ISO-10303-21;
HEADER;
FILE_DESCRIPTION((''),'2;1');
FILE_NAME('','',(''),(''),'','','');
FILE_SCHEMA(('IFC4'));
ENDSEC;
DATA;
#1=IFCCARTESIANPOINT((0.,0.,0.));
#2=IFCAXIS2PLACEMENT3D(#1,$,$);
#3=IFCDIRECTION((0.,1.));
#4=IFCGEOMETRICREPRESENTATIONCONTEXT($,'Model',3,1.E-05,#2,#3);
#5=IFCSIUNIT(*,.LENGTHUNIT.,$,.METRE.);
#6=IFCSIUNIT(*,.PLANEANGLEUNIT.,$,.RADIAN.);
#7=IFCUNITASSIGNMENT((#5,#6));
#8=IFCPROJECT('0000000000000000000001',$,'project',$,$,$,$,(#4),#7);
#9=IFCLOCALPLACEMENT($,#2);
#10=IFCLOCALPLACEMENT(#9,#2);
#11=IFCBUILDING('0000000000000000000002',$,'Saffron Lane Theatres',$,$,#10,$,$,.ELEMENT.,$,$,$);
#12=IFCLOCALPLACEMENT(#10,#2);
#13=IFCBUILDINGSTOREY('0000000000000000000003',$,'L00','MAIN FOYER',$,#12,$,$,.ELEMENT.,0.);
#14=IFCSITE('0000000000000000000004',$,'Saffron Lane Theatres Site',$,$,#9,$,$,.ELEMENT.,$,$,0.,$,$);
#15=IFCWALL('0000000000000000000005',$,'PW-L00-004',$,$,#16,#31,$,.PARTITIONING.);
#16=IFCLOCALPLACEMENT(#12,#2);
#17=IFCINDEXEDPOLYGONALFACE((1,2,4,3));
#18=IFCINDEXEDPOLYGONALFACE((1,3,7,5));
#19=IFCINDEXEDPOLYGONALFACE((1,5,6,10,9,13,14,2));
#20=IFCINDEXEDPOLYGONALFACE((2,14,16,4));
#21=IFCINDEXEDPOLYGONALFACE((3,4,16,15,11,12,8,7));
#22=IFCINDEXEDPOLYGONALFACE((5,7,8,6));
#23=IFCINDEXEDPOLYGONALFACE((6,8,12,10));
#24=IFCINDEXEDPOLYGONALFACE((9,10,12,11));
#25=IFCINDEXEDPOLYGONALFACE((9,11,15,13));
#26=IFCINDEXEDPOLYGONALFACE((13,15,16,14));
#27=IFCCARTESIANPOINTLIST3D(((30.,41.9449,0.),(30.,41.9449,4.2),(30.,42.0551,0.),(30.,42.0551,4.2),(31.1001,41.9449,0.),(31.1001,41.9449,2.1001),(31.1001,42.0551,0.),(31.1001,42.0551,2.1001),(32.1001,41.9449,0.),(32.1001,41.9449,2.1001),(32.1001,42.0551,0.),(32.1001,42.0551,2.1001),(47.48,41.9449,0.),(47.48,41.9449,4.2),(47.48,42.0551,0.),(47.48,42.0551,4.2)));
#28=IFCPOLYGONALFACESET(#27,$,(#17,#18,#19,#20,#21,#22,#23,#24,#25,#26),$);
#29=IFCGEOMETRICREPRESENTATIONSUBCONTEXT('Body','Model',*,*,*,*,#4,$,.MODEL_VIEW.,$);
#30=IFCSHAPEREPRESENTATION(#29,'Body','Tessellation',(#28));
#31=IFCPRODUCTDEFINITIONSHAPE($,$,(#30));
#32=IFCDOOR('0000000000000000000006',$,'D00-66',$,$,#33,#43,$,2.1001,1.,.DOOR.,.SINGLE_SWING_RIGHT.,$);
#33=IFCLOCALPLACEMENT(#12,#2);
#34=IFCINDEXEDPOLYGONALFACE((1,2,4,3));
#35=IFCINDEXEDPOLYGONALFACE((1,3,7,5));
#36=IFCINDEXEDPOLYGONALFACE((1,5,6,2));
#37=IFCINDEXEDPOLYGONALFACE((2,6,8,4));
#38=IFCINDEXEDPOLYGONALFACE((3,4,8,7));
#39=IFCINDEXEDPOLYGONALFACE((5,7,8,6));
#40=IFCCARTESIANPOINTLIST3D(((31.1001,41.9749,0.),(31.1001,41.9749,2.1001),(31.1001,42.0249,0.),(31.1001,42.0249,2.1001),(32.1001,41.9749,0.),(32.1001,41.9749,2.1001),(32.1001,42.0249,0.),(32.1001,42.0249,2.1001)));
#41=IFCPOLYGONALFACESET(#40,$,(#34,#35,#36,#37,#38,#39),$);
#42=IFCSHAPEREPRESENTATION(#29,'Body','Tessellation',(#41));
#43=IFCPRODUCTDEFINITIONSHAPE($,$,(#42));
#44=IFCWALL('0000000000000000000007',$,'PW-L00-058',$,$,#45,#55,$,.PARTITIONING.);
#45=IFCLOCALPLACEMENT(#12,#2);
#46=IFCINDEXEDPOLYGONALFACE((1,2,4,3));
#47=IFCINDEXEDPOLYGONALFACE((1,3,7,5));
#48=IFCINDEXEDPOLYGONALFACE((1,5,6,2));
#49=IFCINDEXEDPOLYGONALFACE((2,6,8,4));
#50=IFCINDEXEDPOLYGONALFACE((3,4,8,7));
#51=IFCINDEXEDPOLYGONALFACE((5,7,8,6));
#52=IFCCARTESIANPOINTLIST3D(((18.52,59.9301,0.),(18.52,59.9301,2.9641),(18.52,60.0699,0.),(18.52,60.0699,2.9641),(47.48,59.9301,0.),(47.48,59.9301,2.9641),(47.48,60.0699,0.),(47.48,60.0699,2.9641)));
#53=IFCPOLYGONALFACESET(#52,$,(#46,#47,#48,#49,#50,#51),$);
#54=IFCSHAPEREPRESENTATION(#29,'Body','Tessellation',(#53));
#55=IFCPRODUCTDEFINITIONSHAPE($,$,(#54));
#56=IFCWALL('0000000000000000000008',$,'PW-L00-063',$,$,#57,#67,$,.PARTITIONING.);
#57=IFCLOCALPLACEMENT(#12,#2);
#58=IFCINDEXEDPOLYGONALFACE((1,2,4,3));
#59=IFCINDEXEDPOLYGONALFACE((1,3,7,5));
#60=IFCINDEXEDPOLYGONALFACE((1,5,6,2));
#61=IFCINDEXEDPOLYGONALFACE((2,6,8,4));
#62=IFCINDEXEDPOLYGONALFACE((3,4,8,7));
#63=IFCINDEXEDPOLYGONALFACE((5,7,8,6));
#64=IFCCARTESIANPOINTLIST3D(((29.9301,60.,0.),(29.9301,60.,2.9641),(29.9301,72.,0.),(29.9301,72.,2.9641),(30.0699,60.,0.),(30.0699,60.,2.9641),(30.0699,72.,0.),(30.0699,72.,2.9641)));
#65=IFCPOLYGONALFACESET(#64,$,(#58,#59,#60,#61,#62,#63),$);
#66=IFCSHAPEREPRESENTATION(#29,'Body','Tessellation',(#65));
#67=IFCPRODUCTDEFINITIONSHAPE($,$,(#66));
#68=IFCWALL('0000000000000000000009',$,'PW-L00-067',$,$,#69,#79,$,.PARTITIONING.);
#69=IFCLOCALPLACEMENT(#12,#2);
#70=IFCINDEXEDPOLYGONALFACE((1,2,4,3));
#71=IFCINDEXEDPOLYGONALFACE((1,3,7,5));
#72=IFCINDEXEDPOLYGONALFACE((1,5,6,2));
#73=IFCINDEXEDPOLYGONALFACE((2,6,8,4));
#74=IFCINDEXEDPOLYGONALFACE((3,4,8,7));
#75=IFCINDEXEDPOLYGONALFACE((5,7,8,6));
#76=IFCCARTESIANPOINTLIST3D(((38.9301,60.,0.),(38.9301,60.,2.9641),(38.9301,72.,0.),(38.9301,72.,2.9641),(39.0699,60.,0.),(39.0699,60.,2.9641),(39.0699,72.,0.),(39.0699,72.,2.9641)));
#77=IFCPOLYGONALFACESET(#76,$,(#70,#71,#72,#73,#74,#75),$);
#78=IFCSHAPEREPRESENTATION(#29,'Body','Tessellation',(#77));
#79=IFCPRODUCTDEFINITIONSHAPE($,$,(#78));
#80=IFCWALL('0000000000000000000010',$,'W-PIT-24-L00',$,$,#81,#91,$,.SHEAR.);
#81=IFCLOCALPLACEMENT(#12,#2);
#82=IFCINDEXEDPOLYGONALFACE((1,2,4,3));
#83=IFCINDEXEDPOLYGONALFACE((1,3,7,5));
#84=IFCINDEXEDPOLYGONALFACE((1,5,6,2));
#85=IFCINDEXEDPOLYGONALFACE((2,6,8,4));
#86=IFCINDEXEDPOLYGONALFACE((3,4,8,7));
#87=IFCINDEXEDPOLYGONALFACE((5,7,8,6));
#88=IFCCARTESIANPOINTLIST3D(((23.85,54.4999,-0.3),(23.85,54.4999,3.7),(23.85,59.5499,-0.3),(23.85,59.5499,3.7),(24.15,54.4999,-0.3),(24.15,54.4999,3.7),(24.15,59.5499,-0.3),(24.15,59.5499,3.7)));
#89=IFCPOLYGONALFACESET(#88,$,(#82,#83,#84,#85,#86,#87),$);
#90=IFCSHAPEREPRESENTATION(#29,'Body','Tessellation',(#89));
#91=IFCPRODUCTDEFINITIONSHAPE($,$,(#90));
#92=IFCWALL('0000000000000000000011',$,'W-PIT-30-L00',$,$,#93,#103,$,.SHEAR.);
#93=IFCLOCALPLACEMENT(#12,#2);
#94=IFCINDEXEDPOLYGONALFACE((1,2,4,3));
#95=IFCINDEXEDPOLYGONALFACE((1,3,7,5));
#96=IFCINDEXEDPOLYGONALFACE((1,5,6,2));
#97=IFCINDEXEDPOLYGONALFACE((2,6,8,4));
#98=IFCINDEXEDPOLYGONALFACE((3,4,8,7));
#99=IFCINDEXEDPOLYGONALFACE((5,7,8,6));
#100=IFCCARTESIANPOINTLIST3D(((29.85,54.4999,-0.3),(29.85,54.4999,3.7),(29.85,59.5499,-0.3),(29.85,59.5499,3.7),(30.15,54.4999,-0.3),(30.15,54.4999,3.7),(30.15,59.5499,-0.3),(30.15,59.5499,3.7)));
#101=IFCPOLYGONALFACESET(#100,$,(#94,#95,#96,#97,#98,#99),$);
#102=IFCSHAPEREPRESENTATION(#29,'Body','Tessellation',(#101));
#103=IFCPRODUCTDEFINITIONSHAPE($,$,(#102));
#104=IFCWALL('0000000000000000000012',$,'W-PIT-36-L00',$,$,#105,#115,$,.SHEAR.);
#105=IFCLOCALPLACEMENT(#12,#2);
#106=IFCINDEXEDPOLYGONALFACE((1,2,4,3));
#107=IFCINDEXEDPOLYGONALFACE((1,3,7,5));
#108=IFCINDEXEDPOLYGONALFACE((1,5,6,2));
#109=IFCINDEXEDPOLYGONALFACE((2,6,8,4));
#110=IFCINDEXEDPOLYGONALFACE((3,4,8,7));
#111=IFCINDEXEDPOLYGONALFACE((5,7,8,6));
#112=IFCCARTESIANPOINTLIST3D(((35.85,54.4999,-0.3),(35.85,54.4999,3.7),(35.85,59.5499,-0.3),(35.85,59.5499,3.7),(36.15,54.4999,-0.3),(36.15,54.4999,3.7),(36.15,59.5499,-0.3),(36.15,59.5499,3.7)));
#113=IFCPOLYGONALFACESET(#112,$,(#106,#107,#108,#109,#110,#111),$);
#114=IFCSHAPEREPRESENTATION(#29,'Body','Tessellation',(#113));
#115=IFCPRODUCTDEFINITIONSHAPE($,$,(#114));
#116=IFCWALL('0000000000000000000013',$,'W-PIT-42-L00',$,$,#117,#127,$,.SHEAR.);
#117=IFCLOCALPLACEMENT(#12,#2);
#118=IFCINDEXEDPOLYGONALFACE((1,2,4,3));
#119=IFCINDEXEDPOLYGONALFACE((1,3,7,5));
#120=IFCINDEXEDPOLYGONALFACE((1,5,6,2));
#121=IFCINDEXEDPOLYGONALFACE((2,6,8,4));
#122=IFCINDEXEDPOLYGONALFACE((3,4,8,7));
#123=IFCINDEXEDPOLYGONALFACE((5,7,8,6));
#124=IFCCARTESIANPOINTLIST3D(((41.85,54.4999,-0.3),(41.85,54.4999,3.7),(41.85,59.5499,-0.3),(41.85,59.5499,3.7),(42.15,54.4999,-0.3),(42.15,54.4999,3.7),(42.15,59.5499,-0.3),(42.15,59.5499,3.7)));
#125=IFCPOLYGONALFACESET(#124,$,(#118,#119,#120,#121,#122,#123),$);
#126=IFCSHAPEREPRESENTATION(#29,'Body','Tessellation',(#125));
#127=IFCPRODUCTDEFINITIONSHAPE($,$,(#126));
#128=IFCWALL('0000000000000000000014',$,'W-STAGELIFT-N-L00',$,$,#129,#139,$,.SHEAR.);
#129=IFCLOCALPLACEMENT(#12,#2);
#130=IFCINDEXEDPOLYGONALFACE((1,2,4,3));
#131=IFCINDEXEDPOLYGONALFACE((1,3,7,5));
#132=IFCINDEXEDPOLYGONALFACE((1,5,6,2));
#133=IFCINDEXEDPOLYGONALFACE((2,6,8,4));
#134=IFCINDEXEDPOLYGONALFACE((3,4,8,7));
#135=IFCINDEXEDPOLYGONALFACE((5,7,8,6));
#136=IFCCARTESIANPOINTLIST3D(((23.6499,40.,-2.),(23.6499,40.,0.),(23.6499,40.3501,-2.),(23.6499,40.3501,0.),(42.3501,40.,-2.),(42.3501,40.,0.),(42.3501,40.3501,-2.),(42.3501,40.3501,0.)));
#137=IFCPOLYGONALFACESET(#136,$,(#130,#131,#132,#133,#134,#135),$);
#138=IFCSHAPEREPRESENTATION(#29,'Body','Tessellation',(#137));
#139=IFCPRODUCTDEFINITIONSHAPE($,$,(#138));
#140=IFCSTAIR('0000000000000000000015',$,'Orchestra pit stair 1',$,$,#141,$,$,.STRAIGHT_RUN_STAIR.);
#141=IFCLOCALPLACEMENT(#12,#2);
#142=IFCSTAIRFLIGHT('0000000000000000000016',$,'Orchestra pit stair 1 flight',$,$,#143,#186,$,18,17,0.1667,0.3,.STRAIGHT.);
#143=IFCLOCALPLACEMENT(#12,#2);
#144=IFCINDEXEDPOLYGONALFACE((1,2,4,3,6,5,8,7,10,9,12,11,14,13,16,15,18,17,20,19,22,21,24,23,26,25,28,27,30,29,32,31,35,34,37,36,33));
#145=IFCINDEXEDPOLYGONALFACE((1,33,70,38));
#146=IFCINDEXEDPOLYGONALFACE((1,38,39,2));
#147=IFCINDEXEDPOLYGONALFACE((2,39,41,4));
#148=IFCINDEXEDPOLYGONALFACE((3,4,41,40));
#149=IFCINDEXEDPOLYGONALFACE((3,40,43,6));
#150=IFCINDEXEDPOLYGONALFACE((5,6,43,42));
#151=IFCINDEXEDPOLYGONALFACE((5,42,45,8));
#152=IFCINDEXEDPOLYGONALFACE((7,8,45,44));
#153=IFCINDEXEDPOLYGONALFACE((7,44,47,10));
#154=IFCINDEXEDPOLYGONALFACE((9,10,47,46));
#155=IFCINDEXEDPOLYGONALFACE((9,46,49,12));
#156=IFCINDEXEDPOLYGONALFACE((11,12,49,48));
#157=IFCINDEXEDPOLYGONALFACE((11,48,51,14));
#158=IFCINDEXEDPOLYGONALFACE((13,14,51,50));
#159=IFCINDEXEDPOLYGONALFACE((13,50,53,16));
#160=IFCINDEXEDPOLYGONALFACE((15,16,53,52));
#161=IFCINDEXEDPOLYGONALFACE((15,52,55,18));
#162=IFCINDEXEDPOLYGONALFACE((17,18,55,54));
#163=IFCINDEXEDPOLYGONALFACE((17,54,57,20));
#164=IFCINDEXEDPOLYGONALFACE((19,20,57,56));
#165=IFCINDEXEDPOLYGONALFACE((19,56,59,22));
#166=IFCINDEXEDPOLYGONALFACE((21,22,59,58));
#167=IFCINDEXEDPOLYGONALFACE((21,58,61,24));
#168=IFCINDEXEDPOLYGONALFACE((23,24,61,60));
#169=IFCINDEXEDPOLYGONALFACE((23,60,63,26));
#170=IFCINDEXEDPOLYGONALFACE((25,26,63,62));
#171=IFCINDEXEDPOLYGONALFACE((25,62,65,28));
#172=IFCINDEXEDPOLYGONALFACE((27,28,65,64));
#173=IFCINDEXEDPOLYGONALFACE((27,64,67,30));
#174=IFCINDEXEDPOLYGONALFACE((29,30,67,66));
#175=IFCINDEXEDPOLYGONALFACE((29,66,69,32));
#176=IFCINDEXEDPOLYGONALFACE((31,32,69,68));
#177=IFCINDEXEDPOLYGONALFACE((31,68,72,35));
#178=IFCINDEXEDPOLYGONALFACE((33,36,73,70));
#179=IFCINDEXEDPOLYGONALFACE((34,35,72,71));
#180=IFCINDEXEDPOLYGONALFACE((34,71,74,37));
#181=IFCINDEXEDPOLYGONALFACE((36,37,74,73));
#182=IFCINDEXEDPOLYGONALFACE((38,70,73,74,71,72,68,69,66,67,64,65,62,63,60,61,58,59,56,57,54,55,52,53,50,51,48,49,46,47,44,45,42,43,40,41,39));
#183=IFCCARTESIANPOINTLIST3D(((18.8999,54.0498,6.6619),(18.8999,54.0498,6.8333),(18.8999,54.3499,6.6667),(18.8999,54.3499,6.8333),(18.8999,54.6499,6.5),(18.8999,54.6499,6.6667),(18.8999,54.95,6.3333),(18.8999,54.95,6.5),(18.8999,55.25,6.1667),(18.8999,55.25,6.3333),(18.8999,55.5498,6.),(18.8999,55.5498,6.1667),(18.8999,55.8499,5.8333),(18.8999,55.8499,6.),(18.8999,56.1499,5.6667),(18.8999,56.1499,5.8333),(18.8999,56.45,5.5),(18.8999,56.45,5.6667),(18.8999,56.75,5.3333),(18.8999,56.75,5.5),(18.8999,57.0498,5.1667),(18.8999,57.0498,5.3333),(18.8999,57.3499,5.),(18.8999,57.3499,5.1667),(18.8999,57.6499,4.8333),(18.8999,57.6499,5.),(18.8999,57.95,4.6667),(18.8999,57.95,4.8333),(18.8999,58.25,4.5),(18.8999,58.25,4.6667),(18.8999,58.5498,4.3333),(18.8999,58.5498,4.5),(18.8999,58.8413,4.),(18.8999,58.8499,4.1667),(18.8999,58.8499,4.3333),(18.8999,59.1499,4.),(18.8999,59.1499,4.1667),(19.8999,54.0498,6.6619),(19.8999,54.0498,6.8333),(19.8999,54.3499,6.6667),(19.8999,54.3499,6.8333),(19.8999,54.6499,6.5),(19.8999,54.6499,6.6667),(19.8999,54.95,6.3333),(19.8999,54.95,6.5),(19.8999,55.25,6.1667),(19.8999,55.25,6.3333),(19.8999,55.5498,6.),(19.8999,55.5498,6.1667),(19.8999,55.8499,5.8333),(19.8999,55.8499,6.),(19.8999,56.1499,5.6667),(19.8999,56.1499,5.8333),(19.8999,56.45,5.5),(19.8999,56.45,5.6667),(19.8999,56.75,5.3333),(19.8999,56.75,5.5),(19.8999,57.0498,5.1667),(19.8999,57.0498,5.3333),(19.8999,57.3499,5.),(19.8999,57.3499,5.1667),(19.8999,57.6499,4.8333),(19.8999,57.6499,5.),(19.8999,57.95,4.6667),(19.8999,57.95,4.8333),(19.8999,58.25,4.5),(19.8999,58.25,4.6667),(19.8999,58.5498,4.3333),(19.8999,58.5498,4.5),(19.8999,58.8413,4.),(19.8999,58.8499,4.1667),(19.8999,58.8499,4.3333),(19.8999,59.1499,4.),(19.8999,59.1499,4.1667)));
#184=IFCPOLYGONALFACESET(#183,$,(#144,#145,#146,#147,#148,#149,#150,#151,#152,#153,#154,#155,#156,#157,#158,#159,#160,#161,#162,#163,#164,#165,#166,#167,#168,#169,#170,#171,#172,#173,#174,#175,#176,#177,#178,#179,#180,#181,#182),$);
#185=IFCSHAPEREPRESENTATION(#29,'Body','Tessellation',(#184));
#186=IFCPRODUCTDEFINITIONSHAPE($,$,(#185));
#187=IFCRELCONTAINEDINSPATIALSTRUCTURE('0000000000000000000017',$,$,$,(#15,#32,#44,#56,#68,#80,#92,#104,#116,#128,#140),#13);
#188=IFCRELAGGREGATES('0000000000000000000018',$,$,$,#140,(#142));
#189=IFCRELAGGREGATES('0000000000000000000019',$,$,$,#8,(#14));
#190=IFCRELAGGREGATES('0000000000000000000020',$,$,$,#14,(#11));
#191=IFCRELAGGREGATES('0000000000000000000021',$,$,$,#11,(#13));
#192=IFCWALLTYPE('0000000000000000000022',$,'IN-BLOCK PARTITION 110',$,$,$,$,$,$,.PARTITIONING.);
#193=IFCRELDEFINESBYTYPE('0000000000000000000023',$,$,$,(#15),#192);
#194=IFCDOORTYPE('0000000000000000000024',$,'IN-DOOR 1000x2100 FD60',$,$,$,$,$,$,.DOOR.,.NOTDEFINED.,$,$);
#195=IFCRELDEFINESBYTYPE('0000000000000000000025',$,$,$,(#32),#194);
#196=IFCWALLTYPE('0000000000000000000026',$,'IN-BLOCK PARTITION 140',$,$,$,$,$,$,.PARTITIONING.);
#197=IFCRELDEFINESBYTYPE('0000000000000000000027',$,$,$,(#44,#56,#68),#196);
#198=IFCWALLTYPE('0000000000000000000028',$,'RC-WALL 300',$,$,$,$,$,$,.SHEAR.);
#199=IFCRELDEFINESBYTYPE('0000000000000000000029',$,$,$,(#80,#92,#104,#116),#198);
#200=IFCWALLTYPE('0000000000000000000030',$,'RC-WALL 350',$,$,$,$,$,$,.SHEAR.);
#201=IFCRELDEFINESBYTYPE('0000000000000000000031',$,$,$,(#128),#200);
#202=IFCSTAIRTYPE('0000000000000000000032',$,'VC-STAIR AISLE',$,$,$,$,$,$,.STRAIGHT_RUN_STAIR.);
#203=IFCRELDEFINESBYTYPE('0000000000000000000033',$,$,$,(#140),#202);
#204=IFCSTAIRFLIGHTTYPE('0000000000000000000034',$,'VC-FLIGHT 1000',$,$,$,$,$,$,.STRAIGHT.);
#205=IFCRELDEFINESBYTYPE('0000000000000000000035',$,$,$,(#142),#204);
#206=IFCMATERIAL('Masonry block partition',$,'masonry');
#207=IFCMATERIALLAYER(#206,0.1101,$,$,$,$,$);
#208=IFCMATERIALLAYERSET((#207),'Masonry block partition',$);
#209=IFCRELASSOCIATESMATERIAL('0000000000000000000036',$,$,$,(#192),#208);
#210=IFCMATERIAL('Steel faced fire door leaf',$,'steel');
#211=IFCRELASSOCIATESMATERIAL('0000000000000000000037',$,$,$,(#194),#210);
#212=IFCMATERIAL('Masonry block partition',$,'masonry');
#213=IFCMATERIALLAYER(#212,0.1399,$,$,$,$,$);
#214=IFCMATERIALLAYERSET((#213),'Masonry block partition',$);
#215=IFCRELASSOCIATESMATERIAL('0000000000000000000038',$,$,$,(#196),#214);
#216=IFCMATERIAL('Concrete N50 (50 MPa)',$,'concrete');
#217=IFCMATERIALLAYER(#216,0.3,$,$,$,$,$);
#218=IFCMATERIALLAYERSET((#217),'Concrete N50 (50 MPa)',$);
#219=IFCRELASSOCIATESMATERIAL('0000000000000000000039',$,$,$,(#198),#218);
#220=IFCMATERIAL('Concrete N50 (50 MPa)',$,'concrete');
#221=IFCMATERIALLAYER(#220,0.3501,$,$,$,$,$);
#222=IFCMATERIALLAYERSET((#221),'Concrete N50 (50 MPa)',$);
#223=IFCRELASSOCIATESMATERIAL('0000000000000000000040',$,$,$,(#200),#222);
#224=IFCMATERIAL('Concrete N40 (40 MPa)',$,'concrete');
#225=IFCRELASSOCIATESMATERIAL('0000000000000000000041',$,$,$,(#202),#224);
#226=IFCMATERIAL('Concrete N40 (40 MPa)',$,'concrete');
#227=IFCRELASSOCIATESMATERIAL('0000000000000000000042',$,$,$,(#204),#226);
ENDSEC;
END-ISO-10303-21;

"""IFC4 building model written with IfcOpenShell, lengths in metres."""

from ifc_helpers import new_model, si_unit, direction, frame, frame_2d, origin, place, context, subcontext, project, spatial, polyline, rectangle, outline, extrude, material, layer, layer_set, type_object, element, fill, aggregate, save


model = new_model("IFC4")

# Units and contexts
model_context = context("Model", 3, precision=1e-05, world=origin(), true_north=direction((0.0, 1.0)))
body_context = subcontext(model_context, "Body", "Model", "MODEL_VIEW")
ifc_project = project(units=[si_unit("LENGTHUNIT", "METRE"), si_unit("PLANEANGLEUNIT", "RADIAN")], contexts=[model_context])

# Site, building, storey
site_placement = place(None, origin())
site = spatial("IfcSite", under=ifc_project, at=site_placement, Name="Saffron Lane Theatres Site", CompositionType="ELEMENT", RefElevation=0.0)
building_placement = place(site_placement, origin())
building = spatial("IfcBuilding", under=site, at=building_placement, Name="Saffron Lane Theatres", CompositionType="ELEMENT")
storey_placement = place(building_placement, origin())
storey = spatial("IfcBuildingStorey", under=building, at=storey_placement, Name="L00", Description="MAIN FOYER", CompositionType="ELEMENT", Elevation=0.0)

# Shared definitions
ifc_material_1 = material(Name="Masonry block partition", Category="masonry")
ifc_layer_1 = layer(ifc_material_1, 0.1101)
ifc_layer_set_1 = layer_set([ifc_layer_1], Name="Masonry block partition")
wall_type_1 = type_object("IfcWallType", Name="IN-BLOCK PARTITION 110", PredefinedType="PARTITIONING", material=ifc_layer_set_1)

# Wall, opening, door
wall_1_placement = place(storey_placement, frame((30.0, 42.0, 0.0), z_axis=(0.0, 0.0, 1.0), x_axis=(1.0, 0.0, 0.0)))
wall_1 = element("IfcWall", 1, at=wall_1_placement, inside=storey, type_object=wall_type_1, Name="PW-L00-004", PredefinedType="PARTITIONING", context=body_context, shape_type="SweptSolid", body=[
    extrude(rectangle(XDim=17.48, YDim=0.1101, at=frame_2d((8.74, 0.0))), origin(), (0.0, 0.0, 1.0), 4.2),
])
opening_placement = place(wall_1_placement, frame((1.1001, 0.0, 0.0)))
opening = element("IfcOpeningElement", 2, at=opening_placement, cuts=wall_1, PredefinedType="OPENING", context=body_context, shape_type="SweptSolid", body=[
    extrude(rectangle(XDim=1.0, YDim=2.1001, at=frame_2d((0.5, 1.05))), frame((0.0, 0.0649, 0.0), z_axis=(0.0, -1.0, 0.0), x_axis=(1.0, 0.0, 0.0)), (0.0, 0.0, 1.0), 0.1301),
])
ifc_material_2 = material(Name="Steel faced fire door leaf", Category="steel")
door_type = type_object("IfcDoorType", Name="IN-DOOR 1000x2100 FD60", OperationType="NOTDEFINED", PredefinedType="DOOR", material=ifc_material_2)
door_placement = place(opening_placement, origin())
door = element("IfcDoor", 3, at=door_placement, inside=storey, type_object=door_type, Name="D00-66", OperationType="SINGLE_SWING_RIGHT", OverallHeight=2.1001, OverallWidth=1.0, PredefinedType="DOOR", context=body_context, shape_type="SweptSolid", body=[
    extrude(rectangle(XDim=1.0, YDim=2.1001, at=frame_2d((0.5, 1.05))), frame((0.0, 0.0249, 0.0), z_axis=(0.0, -1.0, 0.0), x_axis=(1.0, 0.0, 0.0)), (0.0, 0.0, 1.0), 0.05),
])
fill(opening, door)

# Walls
ifc_material_3 = material(Name="Masonry block partition", Category="masonry")
ifc_layer_2 = layer(ifc_material_3, 0.1399)
ifc_layer_set_2 = layer_set([ifc_layer_2], Name="Masonry block partition")
wall_type_2 = type_object("IfcWallType", Name="IN-BLOCK PARTITION 140", PredefinedType="PARTITIONING", material=ifc_layer_set_2)
wall_2_placement = place(storey_placement, frame((18.52, 60.0, 0.0), z_axis=(0.0, 0.0, 1.0), x_axis=(1.0, 0.0, 0.0)))
element("IfcWall", 4, at=wall_2_placement, inside=storey, type_object=wall_type_2, Name="PW-L00-058", PredefinedType="PARTITIONING", context=body_context, shape_type="SweptSolid", body=[
    extrude(rectangle(XDim=28.96, YDim=0.1399, at=frame_2d((14.48, 0.0))), origin(), (0.0, 0.0, 1.0), 2.9641),
])
for number, where, z_axis, x_axis, name in (
    (5, (30.0, 60.0, 0.0), (0.0, 0.0, 1.0), (0.0, 1.0, 0.0), "PW-L00-063"),
    (6, (39.0, 60.0, 0.0), (0.0, 0.0, 1.0), (0.0, 1.0, 0.0), "PW-L00-067"),
):
    element("IfcWall", number, at=place(storey_placement, frame(where, z_axis=z_axis, x_axis=x_axis)), inside=storey, type_object=wall_type_2, Name=name, PredefinedType="PARTITIONING", context=body_context, shape_type="SweptSolid", body=[
        extrude(rectangle(XDim=12.0, YDim=0.1399, at=frame_2d((6.0, 0.0))), origin(), (0.0, 0.0, 1.0), 2.9641),
    ])
ifc_material_4 = material(Name="Concrete N50 (50 MPa)", Category="concrete")
ifc_layer_3 = layer(ifc_material_4, 0.3)
ifc_layer_set_3 = layer_set([ifc_layer_3], Name="Concrete N50 (50 MPa)")
wall_type_3 = type_object("IfcWallType", Name="RC-WALL 300", PredefinedType="SHEAR", material=ifc_layer_set_3)
for number, where, z_axis, x_axis, name in (
    (7, (24.0, 54.5, -0.3), (0.0, 0.0, 1.0), (0.0, 1.0, 0.0), "W-PIT-24-L00"),
    (8, (30.0, 54.5, -0.3), (0.0, 0.0, 1.0), (0.0, 1.0, 0.0), "W-PIT-30-L00"),
    (9, (36.0, 54.5, -0.3), (0.0, 0.0, 1.0), (0.0, 1.0, 0.0), "W-PIT-36-L00"),
    (10, (42.0, 54.5, -0.3), (0.0, 0.0, 1.0), (0.0, 1.0, 0.0), "W-PIT-42-L00"),
):
    element("IfcWall", number, at=place(storey_placement, frame(where, z_axis=z_axis, x_axis=x_axis)), inside=storey, type_object=wall_type_3, Name=name, PredefinedType="SHEAR", context=body_context, shape_type="SweptSolid", body=[
        extrude(rectangle(XDim=5.05, YDim=0.3, at=frame_2d((2.5249, 0.0))), origin(), (0.0, 0.0, 1.0), 4.0),
    ])
ifc_material_5 = material(Name="Concrete N50 (50 MPa)", Category="concrete")
ifc_layer_4 = layer(ifc_material_5, 0.3501)
ifc_layer_set_4 = layer_set([ifc_layer_4], Name="Concrete N50 (50 MPa)")
wall_type_4 = type_object("IfcWallType", Name="RC-WALL 350", PredefinedType="SHEAR", material=ifc_layer_set_4)
wall_3_placement = place(storey_placement, frame((23.6499, 40.175, -2.0), z_axis=(0.0, 0.0, 1.0), x_axis=(1.0, 0.0, 0.0)))
element("IfcWall", 11, at=wall_3_placement, inside=storey, type_object=wall_type_4, Name="W-STAGELIFT-N-L00", PredefinedType="SHEAR", context=body_context, shape_type="SweptSolid", body=[
    extrude(rectangle(XDim=18.7002, YDim=0.3501, at=frame_2d((9.3501, 0.0))), origin(), (0.0, 0.0, 1.0), 2.0),
])

# Stair, stair flight
ifc_material_6 = material(Name="Concrete N40 (40 MPa)", Category="concrete")
stair_type = type_object("IfcStairType", Name="VC-STAIR AISLE", PredefinedType="STRAIGHT_RUN_STAIR", material=ifc_material_6)
stair_1_placement = place(storey_placement, origin())
stair_1 = element("IfcStair", 12, at=stair_1_placement, inside=storey, type_object=stair_type, Name="Orchestra pit stair 1", PredefinedType="STRAIGHT_RUN_STAIR")
ifc_material_7 = material(Name="Concrete N40 (40 MPa)", Category="concrete")
stair_flight_type_1 = type_object("IfcStairFlightType", Name="VC-FLIGHT 1000", PredefinedType="STRAIGHT", material=ifc_material_7)
stair_flight_1_placement = place(storey_placement, frame((19.3999, 59.1499, 4.0), z_axis=(0.0, 0.0, 1.0), x_axis=(0.0, -1.0, 0.0)))
stair_flight_1 = element("IfcStairFlight", 13, at=stair_flight_1_placement, type_object=stair_flight_type_1, Name="Orchestra pit stair 1 flight", NumberOfRisers=18, NumberOfTreads=17, PredefinedType="STRAIGHT", RiserHeight=0.1667, TreadLength=0.3, context=body_context, shape_type="SweptSolid", body=[
    extrude(outline(polyline([(0.0, 0.0), (0.0, 0.1667), (0.3, 0.1667), (0.3, 0.3333), (0.6001, 0.3333), (0.6001, 0.5), (0.8999, 0.5), (0.8999, 0.6667), (1.2, 0.6667), (1.2, 0.8333), (1.5, 0.8333), (1.5, 1.0), (1.8, 1.0), (1.8, 1.1667), (2.1001, 1.1667), (2.1001, 1.3333), (2.3999, 1.3333), (2.3999, 1.5), (2.7, 1.5), (2.7, 1.6667), (3.0, 1.6667), (3.0, 1.8333), (3.3, 1.8333), (3.3, 2.0), (3.6001, 2.0), (3.6001, 2.1667), (3.8999, 2.1667), (3.8999, 2.3333), (4.2, 2.3333), (4.2, 2.5), (4.5, 2.5), (4.5, 2.6667), (4.8, 2.6667), (4.8, 2.8333), (5.1001, 2.8333), (5.1001, 3.0), (5.1001, 2.6619), (0.3086, 0.0), (0.0, 0.0)])), frame((0.0, 0.5, 0.0), z_axis=(0.0, -1.0, 0.0), x_axis=(1.0, 0.0, 0.0)), (0.0, 0.0, 1.0), 1.0),
])
aggregate(stair_1, [stair_flight_1])

save(model, "model.ifc")
